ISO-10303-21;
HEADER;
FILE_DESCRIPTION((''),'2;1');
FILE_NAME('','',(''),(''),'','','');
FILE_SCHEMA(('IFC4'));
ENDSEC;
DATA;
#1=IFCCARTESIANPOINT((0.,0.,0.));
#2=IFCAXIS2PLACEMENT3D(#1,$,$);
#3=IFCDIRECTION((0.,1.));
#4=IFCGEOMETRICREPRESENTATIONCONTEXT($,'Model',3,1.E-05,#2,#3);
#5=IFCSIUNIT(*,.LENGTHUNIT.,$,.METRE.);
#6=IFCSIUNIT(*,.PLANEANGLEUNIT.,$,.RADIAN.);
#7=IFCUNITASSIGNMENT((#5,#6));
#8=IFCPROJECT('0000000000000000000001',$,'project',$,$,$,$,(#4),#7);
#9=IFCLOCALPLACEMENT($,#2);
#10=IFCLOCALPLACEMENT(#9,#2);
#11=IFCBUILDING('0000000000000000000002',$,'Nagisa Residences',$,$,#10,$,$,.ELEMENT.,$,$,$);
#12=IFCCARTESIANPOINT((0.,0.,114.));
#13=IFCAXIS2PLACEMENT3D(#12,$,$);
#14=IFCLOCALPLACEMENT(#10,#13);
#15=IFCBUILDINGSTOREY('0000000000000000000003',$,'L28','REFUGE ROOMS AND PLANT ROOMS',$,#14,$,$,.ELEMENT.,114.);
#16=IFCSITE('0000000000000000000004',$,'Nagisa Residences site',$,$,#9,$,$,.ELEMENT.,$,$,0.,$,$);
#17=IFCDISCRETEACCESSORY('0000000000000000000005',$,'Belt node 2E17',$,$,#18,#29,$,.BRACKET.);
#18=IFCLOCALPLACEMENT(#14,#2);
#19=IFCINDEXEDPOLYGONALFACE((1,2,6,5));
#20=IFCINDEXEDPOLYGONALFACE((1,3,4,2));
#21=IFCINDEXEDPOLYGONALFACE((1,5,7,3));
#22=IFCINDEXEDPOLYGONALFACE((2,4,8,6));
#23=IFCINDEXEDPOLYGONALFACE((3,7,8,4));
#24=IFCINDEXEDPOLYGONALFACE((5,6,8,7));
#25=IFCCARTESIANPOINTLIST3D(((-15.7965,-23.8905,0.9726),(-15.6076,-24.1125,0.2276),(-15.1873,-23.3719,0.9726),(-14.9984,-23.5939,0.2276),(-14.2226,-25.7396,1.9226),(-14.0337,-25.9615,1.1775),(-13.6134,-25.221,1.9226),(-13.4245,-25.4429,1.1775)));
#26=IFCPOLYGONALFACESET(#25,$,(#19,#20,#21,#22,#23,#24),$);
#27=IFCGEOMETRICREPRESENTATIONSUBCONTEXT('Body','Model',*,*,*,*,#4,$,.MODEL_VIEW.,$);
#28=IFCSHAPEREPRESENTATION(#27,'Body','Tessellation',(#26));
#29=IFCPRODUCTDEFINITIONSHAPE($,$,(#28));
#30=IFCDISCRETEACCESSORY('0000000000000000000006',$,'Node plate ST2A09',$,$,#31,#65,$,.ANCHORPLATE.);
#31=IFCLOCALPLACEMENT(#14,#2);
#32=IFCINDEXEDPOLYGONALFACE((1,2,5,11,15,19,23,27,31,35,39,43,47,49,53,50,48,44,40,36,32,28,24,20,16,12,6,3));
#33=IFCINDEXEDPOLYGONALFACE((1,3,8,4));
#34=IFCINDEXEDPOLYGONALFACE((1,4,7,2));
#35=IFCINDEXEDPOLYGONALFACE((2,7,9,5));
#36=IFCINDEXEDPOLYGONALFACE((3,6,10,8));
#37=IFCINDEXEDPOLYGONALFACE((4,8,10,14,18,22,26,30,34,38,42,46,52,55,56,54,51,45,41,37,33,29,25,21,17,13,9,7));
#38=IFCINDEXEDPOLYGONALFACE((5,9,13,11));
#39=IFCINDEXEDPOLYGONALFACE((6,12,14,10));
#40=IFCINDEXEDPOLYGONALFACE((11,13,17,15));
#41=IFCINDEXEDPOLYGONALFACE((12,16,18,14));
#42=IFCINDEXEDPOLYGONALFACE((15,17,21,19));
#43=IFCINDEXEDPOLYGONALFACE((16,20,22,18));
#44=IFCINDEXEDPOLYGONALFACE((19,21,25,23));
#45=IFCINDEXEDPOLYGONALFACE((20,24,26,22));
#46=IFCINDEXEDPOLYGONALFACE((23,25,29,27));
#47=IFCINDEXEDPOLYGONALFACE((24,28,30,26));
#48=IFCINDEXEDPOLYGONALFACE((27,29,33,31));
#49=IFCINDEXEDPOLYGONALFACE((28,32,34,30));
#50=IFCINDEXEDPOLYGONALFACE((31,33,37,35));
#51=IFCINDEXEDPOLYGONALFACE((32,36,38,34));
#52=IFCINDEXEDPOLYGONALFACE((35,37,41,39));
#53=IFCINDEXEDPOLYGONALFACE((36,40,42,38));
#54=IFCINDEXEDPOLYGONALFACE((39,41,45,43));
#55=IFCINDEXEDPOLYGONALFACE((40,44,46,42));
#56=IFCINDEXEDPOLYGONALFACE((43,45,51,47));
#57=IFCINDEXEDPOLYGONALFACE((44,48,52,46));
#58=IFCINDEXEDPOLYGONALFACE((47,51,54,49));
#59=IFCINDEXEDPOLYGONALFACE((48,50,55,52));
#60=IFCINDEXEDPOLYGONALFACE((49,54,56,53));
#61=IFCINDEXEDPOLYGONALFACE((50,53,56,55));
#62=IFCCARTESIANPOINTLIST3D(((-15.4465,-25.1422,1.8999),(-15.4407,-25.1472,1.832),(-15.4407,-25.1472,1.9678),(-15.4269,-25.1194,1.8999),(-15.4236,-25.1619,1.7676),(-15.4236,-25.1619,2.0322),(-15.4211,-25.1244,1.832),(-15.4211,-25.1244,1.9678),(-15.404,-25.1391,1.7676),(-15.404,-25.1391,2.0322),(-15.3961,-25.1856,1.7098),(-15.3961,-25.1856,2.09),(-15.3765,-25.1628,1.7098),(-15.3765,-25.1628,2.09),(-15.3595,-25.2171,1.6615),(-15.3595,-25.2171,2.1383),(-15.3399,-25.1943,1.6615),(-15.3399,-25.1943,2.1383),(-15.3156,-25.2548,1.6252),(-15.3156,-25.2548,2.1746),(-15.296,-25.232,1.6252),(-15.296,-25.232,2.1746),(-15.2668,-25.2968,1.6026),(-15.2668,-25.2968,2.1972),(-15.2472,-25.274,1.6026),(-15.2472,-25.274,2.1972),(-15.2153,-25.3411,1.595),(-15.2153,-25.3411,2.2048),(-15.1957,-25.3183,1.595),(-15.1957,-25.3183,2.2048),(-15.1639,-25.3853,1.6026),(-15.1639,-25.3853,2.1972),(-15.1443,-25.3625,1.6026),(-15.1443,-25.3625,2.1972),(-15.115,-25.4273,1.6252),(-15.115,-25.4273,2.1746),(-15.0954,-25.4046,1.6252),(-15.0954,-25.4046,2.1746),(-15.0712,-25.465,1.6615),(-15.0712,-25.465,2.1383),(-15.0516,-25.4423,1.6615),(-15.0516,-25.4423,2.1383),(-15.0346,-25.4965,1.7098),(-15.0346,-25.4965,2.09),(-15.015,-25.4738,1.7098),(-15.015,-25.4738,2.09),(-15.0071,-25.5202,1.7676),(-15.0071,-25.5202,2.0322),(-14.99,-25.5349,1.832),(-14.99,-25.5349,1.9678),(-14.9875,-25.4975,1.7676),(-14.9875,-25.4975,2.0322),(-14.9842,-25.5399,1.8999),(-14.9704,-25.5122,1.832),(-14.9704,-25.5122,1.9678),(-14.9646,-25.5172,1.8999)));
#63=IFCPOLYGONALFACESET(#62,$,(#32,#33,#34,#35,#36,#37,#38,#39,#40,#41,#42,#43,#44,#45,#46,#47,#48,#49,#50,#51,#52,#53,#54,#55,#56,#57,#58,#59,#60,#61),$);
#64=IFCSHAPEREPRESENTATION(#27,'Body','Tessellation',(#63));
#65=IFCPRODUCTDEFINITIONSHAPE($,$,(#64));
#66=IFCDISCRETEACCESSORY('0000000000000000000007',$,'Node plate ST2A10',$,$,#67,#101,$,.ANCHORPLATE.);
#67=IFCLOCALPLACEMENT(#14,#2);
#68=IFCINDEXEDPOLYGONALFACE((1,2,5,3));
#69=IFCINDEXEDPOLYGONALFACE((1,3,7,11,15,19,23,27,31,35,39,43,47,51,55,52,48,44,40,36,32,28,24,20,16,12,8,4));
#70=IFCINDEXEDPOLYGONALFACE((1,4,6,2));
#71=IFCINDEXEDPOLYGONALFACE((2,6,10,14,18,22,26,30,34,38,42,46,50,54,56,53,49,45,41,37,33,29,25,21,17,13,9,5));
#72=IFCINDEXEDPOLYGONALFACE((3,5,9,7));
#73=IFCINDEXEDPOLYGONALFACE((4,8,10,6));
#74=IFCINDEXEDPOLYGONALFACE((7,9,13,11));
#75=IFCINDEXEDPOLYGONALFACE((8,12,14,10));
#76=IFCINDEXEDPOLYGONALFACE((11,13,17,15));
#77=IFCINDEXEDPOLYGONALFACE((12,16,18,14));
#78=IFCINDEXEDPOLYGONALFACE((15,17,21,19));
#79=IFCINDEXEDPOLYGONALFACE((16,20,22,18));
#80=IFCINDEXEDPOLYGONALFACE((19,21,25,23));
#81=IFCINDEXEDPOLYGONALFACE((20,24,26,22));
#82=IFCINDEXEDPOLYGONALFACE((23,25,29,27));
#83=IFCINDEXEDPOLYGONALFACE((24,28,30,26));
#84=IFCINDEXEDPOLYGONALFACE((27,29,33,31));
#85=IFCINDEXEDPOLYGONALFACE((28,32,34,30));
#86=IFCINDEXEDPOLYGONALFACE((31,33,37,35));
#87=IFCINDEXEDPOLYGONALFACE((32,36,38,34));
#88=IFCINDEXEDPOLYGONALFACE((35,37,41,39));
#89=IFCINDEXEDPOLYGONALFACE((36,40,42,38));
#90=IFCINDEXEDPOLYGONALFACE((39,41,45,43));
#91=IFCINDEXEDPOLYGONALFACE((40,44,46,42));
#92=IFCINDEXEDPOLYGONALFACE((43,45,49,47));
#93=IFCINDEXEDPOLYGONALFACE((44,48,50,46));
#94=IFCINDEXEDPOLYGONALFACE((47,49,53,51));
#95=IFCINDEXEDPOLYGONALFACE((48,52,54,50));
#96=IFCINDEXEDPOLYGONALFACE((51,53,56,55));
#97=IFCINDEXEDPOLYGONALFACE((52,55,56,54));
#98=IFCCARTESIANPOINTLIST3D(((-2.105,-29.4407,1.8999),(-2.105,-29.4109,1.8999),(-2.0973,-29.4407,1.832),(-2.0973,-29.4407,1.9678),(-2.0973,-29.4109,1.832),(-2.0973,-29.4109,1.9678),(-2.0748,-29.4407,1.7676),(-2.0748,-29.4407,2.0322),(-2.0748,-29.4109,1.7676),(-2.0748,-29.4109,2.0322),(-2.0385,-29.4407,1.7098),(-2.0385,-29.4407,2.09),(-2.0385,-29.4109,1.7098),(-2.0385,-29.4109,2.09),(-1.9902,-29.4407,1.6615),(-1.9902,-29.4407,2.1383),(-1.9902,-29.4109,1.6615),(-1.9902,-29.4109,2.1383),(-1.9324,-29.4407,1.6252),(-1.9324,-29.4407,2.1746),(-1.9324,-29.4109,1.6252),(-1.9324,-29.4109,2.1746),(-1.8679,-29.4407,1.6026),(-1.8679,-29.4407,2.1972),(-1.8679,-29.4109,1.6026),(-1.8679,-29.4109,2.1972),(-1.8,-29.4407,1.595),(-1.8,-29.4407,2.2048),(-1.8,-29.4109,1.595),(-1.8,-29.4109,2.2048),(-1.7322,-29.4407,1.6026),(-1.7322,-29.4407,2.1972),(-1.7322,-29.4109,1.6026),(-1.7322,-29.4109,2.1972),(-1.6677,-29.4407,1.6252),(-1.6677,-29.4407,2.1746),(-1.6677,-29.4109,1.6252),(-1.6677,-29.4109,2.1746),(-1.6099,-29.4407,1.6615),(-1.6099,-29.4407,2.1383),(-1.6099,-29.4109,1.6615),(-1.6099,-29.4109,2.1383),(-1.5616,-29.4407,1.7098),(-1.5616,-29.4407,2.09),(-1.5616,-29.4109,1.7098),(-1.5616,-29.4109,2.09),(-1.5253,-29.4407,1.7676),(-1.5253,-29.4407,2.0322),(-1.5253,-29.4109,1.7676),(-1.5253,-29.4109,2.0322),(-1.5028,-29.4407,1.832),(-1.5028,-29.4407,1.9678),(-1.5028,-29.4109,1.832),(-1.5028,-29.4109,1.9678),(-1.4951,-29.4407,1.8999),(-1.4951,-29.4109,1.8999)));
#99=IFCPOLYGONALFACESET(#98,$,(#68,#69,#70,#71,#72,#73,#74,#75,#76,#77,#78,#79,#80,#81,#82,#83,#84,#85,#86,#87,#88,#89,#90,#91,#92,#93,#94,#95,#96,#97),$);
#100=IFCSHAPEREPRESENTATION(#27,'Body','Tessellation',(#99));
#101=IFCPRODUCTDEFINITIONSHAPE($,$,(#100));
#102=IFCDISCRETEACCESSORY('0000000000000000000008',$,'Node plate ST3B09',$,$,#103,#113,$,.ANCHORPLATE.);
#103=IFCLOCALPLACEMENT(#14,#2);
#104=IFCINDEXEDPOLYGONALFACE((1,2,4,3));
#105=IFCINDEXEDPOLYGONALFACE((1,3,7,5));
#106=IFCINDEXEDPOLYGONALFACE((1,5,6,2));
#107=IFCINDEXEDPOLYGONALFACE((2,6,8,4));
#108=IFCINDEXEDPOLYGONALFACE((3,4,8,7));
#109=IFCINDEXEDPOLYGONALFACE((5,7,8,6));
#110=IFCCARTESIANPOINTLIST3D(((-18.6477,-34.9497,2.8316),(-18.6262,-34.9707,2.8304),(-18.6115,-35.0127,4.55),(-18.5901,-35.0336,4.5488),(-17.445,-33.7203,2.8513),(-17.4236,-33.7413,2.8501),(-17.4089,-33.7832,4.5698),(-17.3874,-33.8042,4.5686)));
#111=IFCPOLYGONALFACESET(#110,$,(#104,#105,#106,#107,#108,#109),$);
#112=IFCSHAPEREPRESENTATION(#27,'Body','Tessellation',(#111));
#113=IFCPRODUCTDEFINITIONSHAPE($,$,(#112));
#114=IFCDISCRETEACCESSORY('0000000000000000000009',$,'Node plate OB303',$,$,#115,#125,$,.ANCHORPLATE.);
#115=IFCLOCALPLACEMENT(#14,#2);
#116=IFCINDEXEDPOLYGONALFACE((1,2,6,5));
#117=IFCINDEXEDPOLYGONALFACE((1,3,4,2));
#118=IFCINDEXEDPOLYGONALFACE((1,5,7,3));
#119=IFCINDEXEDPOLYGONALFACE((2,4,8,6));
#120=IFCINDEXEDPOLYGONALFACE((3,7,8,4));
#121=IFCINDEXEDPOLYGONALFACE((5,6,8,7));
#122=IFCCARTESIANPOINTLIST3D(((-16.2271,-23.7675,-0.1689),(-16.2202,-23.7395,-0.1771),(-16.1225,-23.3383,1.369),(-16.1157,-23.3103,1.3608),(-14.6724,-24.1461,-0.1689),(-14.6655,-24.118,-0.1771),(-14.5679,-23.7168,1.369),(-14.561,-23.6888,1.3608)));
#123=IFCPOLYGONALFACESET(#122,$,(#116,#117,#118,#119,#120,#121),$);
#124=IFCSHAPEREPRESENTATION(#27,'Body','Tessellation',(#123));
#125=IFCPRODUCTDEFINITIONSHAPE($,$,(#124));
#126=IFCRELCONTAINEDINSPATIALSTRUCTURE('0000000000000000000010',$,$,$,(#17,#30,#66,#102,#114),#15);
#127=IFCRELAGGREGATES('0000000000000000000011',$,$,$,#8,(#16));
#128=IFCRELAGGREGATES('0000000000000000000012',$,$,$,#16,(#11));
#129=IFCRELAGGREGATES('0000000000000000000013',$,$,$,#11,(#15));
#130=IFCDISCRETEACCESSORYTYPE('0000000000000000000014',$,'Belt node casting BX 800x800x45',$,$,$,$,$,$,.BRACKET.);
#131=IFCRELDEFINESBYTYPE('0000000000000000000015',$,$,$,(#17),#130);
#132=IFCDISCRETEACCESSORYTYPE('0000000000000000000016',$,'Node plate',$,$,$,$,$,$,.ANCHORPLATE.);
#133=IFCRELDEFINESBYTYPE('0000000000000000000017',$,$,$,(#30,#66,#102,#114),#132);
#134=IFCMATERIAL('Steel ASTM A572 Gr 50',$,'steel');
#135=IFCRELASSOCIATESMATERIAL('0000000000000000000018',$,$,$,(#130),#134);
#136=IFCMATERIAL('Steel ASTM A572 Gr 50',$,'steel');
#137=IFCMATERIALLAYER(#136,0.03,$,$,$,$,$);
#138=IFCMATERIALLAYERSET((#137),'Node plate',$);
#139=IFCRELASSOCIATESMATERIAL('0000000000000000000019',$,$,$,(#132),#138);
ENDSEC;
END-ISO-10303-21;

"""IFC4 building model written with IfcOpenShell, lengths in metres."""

from ifc_helpers import new_model, si_unit, direction, frame, origin, origin_2d, place, context, subcontext, project, spatial, rectangle, circle, extrude, material, layer, layer_set, type_object, element, save


model = new_model("IFC4")

# Units and contexts
model_context = context("Model", 3, precision=1e-05, world=origin(), true_north=direction((0.0, 1.0)))
body_context = subcontext(model_context, "Body", "Model", "MODEL_VIEW")
ifc_project = project(units=[si_unit("LENGTHUNIT", "METRE"), si_unit("PLANEANGLEUNIT", "RADIAN")], contexts=[model_context])

# Site, building, storey
site_placement = place(None, origin())
site = spatial("IfcSite", under=ifc_project, at=site_placement, Name="Nagisa Residences site", CompositionType="ELEMENT", RefElevation=0.0)
building_placement = place(site_placement, origin())
building = spatial("IfcBuilding", under=site, at=building_placement, Name="Nagisa Residences", CompositionType="ELEMENT")
storey_placement = place(building_placement, frame((0.0, 0.0, 114.0)))
storey = spatial("IfcBuildingStorey", under=building, at=storey_placement, Name="L28", Description="REFUGE ROOMS AND PLANT ROOMS", CompositionType="ELEMENT", Elevation=114.0)

# Discrete accessories
ifc_material_1 = material(Name="Steel ASTM A572 Gr 50", Category="steel")
discrete_accessory_type_1 = type_object("IfcDiscreteAccessoryType", Name="Belt node casting BX 800x800x45", PredefinedType="BRACKET", material=ifc_material_1)
discrete_accessory_1_placement = place(storey_placement, frame((-15.3975, -23.7422, 0.6001), z_axis=(0.603634, -0.709155, 0.364315), x_axis=(0.761488, 0.648179, 0.0)))
element("IfcDiscreteAccessory", 1, at=discrete_accessory_1_placement, inside=storey, type_object=discrete_accessory_type_1, Name="Belt node 2E17", PredefinedType="BRACKET", context=body_context, shape_type="SweptSolid", body=[
    extrude(rectangle(XDim=0.8, YDim=0.8, at=origin_2d()), origin(), (0.0, 0.0, 1.0), 2.6074),
])
ifc_material_2 = material(Name="Steel ASTM A572 Gr 50", Category="steel")
ifc_layer = layer(ifc_material_2, 0.03)
ifc_layer_set = layer_set([ifc_layer], Name="Node plate")
discrete_accessory_type_2 = type_object("IfcDiscreteAccessoryType", Name="Node plate", PredefinedType="ANCHORPLATE", material=ifc_layer_set)
discrete_accessory_2_placement = place(storey_placement, frame((-15.2153, -25.3411, 1.8999), z_axis=(0.652133, 0.758105, 0.0), x_axis=(-0.758105, 0.652133, 0.0)))
element("IfcDiscreteAccessory", 2, at=discrete_accessory_2_placement, inside=storey, type_object=discrete_accessory_type_2, Name="Node plate ST2A09", PredefinedType="ANCHORPLATE", context=body_context, shape_type="SweptSolid", body=[
    extrude(circle(Radius=0.3049, at=origin_2d()), origin(), (0.0, 0.0, 1.0), 0.03),
])
discrete_accessory_3_placement = place(storey_placement, frame((-1.8, -29.4407, 1.8999), z_axis=(0.0, 1.0, 0.0), x_axis=(-1.0, 0.0, 0.0)))
element("IfcDiscreteAccessory", 3, at=discrete_accessory_3_placement, inside=storey, type_object=discrete_accessory_type_2, Name="Node plate ST2A10", PredefinedType="ANCHORPLATE", context=body_context, shape_type="SweptSolid", body=[
    extrude(circle(Radius=0.3049, at=origin_2d()), origin(), (0.0, 0.0, 1.0), 0.0298),
])
discrete_accessory_4_placement = place(storey_placement, frame((-18.0068, -34.3875, 3.6995), z_axis=(-0.714597, 0.698357, 0.040602), x_axis=(0.69922, 0.714814, 0.011475)))
element("IfcDiscreteAccessory", 4, at=discrete_accessory_4_placement, inside=storey, type_object=discrete_accessory_type_2, Name="Node plate ST3B09", PredefinedType="ANCHORPLATE", context=body_context, shape_type="SweptSolid", body=[
    extrude(rectangle(XDim=1.72, YDim=1.72, at=origin_2d()), origin(), (0.0, 0.0, 1.0), 0.03),
])
discrete_accessory_5_placement = place(storey_placement, frame((-15.3975, -23.7422, 0.6001), z_axis=(0.227372, 0.933849, -0.276094), x_axis=(-0.971615, 0.236567, 0.0)))
element("IfcDiscreteAccessory", 5, at=discrete_accessory_5_placement, inside=storey, type_object=discrete_accessory_type_2, Name="Node plate OB303", PredefinedType="ANCHORPLATE", context=body_context, shape_type="SweptSolid", body=[
    extrude(rectangle(XDim=1.6001, YDim=1.6001, at=origin_2d()), origin(), (0.0, 0.0, 1.0), 0.03),
])

save(model, "model.ifc")
